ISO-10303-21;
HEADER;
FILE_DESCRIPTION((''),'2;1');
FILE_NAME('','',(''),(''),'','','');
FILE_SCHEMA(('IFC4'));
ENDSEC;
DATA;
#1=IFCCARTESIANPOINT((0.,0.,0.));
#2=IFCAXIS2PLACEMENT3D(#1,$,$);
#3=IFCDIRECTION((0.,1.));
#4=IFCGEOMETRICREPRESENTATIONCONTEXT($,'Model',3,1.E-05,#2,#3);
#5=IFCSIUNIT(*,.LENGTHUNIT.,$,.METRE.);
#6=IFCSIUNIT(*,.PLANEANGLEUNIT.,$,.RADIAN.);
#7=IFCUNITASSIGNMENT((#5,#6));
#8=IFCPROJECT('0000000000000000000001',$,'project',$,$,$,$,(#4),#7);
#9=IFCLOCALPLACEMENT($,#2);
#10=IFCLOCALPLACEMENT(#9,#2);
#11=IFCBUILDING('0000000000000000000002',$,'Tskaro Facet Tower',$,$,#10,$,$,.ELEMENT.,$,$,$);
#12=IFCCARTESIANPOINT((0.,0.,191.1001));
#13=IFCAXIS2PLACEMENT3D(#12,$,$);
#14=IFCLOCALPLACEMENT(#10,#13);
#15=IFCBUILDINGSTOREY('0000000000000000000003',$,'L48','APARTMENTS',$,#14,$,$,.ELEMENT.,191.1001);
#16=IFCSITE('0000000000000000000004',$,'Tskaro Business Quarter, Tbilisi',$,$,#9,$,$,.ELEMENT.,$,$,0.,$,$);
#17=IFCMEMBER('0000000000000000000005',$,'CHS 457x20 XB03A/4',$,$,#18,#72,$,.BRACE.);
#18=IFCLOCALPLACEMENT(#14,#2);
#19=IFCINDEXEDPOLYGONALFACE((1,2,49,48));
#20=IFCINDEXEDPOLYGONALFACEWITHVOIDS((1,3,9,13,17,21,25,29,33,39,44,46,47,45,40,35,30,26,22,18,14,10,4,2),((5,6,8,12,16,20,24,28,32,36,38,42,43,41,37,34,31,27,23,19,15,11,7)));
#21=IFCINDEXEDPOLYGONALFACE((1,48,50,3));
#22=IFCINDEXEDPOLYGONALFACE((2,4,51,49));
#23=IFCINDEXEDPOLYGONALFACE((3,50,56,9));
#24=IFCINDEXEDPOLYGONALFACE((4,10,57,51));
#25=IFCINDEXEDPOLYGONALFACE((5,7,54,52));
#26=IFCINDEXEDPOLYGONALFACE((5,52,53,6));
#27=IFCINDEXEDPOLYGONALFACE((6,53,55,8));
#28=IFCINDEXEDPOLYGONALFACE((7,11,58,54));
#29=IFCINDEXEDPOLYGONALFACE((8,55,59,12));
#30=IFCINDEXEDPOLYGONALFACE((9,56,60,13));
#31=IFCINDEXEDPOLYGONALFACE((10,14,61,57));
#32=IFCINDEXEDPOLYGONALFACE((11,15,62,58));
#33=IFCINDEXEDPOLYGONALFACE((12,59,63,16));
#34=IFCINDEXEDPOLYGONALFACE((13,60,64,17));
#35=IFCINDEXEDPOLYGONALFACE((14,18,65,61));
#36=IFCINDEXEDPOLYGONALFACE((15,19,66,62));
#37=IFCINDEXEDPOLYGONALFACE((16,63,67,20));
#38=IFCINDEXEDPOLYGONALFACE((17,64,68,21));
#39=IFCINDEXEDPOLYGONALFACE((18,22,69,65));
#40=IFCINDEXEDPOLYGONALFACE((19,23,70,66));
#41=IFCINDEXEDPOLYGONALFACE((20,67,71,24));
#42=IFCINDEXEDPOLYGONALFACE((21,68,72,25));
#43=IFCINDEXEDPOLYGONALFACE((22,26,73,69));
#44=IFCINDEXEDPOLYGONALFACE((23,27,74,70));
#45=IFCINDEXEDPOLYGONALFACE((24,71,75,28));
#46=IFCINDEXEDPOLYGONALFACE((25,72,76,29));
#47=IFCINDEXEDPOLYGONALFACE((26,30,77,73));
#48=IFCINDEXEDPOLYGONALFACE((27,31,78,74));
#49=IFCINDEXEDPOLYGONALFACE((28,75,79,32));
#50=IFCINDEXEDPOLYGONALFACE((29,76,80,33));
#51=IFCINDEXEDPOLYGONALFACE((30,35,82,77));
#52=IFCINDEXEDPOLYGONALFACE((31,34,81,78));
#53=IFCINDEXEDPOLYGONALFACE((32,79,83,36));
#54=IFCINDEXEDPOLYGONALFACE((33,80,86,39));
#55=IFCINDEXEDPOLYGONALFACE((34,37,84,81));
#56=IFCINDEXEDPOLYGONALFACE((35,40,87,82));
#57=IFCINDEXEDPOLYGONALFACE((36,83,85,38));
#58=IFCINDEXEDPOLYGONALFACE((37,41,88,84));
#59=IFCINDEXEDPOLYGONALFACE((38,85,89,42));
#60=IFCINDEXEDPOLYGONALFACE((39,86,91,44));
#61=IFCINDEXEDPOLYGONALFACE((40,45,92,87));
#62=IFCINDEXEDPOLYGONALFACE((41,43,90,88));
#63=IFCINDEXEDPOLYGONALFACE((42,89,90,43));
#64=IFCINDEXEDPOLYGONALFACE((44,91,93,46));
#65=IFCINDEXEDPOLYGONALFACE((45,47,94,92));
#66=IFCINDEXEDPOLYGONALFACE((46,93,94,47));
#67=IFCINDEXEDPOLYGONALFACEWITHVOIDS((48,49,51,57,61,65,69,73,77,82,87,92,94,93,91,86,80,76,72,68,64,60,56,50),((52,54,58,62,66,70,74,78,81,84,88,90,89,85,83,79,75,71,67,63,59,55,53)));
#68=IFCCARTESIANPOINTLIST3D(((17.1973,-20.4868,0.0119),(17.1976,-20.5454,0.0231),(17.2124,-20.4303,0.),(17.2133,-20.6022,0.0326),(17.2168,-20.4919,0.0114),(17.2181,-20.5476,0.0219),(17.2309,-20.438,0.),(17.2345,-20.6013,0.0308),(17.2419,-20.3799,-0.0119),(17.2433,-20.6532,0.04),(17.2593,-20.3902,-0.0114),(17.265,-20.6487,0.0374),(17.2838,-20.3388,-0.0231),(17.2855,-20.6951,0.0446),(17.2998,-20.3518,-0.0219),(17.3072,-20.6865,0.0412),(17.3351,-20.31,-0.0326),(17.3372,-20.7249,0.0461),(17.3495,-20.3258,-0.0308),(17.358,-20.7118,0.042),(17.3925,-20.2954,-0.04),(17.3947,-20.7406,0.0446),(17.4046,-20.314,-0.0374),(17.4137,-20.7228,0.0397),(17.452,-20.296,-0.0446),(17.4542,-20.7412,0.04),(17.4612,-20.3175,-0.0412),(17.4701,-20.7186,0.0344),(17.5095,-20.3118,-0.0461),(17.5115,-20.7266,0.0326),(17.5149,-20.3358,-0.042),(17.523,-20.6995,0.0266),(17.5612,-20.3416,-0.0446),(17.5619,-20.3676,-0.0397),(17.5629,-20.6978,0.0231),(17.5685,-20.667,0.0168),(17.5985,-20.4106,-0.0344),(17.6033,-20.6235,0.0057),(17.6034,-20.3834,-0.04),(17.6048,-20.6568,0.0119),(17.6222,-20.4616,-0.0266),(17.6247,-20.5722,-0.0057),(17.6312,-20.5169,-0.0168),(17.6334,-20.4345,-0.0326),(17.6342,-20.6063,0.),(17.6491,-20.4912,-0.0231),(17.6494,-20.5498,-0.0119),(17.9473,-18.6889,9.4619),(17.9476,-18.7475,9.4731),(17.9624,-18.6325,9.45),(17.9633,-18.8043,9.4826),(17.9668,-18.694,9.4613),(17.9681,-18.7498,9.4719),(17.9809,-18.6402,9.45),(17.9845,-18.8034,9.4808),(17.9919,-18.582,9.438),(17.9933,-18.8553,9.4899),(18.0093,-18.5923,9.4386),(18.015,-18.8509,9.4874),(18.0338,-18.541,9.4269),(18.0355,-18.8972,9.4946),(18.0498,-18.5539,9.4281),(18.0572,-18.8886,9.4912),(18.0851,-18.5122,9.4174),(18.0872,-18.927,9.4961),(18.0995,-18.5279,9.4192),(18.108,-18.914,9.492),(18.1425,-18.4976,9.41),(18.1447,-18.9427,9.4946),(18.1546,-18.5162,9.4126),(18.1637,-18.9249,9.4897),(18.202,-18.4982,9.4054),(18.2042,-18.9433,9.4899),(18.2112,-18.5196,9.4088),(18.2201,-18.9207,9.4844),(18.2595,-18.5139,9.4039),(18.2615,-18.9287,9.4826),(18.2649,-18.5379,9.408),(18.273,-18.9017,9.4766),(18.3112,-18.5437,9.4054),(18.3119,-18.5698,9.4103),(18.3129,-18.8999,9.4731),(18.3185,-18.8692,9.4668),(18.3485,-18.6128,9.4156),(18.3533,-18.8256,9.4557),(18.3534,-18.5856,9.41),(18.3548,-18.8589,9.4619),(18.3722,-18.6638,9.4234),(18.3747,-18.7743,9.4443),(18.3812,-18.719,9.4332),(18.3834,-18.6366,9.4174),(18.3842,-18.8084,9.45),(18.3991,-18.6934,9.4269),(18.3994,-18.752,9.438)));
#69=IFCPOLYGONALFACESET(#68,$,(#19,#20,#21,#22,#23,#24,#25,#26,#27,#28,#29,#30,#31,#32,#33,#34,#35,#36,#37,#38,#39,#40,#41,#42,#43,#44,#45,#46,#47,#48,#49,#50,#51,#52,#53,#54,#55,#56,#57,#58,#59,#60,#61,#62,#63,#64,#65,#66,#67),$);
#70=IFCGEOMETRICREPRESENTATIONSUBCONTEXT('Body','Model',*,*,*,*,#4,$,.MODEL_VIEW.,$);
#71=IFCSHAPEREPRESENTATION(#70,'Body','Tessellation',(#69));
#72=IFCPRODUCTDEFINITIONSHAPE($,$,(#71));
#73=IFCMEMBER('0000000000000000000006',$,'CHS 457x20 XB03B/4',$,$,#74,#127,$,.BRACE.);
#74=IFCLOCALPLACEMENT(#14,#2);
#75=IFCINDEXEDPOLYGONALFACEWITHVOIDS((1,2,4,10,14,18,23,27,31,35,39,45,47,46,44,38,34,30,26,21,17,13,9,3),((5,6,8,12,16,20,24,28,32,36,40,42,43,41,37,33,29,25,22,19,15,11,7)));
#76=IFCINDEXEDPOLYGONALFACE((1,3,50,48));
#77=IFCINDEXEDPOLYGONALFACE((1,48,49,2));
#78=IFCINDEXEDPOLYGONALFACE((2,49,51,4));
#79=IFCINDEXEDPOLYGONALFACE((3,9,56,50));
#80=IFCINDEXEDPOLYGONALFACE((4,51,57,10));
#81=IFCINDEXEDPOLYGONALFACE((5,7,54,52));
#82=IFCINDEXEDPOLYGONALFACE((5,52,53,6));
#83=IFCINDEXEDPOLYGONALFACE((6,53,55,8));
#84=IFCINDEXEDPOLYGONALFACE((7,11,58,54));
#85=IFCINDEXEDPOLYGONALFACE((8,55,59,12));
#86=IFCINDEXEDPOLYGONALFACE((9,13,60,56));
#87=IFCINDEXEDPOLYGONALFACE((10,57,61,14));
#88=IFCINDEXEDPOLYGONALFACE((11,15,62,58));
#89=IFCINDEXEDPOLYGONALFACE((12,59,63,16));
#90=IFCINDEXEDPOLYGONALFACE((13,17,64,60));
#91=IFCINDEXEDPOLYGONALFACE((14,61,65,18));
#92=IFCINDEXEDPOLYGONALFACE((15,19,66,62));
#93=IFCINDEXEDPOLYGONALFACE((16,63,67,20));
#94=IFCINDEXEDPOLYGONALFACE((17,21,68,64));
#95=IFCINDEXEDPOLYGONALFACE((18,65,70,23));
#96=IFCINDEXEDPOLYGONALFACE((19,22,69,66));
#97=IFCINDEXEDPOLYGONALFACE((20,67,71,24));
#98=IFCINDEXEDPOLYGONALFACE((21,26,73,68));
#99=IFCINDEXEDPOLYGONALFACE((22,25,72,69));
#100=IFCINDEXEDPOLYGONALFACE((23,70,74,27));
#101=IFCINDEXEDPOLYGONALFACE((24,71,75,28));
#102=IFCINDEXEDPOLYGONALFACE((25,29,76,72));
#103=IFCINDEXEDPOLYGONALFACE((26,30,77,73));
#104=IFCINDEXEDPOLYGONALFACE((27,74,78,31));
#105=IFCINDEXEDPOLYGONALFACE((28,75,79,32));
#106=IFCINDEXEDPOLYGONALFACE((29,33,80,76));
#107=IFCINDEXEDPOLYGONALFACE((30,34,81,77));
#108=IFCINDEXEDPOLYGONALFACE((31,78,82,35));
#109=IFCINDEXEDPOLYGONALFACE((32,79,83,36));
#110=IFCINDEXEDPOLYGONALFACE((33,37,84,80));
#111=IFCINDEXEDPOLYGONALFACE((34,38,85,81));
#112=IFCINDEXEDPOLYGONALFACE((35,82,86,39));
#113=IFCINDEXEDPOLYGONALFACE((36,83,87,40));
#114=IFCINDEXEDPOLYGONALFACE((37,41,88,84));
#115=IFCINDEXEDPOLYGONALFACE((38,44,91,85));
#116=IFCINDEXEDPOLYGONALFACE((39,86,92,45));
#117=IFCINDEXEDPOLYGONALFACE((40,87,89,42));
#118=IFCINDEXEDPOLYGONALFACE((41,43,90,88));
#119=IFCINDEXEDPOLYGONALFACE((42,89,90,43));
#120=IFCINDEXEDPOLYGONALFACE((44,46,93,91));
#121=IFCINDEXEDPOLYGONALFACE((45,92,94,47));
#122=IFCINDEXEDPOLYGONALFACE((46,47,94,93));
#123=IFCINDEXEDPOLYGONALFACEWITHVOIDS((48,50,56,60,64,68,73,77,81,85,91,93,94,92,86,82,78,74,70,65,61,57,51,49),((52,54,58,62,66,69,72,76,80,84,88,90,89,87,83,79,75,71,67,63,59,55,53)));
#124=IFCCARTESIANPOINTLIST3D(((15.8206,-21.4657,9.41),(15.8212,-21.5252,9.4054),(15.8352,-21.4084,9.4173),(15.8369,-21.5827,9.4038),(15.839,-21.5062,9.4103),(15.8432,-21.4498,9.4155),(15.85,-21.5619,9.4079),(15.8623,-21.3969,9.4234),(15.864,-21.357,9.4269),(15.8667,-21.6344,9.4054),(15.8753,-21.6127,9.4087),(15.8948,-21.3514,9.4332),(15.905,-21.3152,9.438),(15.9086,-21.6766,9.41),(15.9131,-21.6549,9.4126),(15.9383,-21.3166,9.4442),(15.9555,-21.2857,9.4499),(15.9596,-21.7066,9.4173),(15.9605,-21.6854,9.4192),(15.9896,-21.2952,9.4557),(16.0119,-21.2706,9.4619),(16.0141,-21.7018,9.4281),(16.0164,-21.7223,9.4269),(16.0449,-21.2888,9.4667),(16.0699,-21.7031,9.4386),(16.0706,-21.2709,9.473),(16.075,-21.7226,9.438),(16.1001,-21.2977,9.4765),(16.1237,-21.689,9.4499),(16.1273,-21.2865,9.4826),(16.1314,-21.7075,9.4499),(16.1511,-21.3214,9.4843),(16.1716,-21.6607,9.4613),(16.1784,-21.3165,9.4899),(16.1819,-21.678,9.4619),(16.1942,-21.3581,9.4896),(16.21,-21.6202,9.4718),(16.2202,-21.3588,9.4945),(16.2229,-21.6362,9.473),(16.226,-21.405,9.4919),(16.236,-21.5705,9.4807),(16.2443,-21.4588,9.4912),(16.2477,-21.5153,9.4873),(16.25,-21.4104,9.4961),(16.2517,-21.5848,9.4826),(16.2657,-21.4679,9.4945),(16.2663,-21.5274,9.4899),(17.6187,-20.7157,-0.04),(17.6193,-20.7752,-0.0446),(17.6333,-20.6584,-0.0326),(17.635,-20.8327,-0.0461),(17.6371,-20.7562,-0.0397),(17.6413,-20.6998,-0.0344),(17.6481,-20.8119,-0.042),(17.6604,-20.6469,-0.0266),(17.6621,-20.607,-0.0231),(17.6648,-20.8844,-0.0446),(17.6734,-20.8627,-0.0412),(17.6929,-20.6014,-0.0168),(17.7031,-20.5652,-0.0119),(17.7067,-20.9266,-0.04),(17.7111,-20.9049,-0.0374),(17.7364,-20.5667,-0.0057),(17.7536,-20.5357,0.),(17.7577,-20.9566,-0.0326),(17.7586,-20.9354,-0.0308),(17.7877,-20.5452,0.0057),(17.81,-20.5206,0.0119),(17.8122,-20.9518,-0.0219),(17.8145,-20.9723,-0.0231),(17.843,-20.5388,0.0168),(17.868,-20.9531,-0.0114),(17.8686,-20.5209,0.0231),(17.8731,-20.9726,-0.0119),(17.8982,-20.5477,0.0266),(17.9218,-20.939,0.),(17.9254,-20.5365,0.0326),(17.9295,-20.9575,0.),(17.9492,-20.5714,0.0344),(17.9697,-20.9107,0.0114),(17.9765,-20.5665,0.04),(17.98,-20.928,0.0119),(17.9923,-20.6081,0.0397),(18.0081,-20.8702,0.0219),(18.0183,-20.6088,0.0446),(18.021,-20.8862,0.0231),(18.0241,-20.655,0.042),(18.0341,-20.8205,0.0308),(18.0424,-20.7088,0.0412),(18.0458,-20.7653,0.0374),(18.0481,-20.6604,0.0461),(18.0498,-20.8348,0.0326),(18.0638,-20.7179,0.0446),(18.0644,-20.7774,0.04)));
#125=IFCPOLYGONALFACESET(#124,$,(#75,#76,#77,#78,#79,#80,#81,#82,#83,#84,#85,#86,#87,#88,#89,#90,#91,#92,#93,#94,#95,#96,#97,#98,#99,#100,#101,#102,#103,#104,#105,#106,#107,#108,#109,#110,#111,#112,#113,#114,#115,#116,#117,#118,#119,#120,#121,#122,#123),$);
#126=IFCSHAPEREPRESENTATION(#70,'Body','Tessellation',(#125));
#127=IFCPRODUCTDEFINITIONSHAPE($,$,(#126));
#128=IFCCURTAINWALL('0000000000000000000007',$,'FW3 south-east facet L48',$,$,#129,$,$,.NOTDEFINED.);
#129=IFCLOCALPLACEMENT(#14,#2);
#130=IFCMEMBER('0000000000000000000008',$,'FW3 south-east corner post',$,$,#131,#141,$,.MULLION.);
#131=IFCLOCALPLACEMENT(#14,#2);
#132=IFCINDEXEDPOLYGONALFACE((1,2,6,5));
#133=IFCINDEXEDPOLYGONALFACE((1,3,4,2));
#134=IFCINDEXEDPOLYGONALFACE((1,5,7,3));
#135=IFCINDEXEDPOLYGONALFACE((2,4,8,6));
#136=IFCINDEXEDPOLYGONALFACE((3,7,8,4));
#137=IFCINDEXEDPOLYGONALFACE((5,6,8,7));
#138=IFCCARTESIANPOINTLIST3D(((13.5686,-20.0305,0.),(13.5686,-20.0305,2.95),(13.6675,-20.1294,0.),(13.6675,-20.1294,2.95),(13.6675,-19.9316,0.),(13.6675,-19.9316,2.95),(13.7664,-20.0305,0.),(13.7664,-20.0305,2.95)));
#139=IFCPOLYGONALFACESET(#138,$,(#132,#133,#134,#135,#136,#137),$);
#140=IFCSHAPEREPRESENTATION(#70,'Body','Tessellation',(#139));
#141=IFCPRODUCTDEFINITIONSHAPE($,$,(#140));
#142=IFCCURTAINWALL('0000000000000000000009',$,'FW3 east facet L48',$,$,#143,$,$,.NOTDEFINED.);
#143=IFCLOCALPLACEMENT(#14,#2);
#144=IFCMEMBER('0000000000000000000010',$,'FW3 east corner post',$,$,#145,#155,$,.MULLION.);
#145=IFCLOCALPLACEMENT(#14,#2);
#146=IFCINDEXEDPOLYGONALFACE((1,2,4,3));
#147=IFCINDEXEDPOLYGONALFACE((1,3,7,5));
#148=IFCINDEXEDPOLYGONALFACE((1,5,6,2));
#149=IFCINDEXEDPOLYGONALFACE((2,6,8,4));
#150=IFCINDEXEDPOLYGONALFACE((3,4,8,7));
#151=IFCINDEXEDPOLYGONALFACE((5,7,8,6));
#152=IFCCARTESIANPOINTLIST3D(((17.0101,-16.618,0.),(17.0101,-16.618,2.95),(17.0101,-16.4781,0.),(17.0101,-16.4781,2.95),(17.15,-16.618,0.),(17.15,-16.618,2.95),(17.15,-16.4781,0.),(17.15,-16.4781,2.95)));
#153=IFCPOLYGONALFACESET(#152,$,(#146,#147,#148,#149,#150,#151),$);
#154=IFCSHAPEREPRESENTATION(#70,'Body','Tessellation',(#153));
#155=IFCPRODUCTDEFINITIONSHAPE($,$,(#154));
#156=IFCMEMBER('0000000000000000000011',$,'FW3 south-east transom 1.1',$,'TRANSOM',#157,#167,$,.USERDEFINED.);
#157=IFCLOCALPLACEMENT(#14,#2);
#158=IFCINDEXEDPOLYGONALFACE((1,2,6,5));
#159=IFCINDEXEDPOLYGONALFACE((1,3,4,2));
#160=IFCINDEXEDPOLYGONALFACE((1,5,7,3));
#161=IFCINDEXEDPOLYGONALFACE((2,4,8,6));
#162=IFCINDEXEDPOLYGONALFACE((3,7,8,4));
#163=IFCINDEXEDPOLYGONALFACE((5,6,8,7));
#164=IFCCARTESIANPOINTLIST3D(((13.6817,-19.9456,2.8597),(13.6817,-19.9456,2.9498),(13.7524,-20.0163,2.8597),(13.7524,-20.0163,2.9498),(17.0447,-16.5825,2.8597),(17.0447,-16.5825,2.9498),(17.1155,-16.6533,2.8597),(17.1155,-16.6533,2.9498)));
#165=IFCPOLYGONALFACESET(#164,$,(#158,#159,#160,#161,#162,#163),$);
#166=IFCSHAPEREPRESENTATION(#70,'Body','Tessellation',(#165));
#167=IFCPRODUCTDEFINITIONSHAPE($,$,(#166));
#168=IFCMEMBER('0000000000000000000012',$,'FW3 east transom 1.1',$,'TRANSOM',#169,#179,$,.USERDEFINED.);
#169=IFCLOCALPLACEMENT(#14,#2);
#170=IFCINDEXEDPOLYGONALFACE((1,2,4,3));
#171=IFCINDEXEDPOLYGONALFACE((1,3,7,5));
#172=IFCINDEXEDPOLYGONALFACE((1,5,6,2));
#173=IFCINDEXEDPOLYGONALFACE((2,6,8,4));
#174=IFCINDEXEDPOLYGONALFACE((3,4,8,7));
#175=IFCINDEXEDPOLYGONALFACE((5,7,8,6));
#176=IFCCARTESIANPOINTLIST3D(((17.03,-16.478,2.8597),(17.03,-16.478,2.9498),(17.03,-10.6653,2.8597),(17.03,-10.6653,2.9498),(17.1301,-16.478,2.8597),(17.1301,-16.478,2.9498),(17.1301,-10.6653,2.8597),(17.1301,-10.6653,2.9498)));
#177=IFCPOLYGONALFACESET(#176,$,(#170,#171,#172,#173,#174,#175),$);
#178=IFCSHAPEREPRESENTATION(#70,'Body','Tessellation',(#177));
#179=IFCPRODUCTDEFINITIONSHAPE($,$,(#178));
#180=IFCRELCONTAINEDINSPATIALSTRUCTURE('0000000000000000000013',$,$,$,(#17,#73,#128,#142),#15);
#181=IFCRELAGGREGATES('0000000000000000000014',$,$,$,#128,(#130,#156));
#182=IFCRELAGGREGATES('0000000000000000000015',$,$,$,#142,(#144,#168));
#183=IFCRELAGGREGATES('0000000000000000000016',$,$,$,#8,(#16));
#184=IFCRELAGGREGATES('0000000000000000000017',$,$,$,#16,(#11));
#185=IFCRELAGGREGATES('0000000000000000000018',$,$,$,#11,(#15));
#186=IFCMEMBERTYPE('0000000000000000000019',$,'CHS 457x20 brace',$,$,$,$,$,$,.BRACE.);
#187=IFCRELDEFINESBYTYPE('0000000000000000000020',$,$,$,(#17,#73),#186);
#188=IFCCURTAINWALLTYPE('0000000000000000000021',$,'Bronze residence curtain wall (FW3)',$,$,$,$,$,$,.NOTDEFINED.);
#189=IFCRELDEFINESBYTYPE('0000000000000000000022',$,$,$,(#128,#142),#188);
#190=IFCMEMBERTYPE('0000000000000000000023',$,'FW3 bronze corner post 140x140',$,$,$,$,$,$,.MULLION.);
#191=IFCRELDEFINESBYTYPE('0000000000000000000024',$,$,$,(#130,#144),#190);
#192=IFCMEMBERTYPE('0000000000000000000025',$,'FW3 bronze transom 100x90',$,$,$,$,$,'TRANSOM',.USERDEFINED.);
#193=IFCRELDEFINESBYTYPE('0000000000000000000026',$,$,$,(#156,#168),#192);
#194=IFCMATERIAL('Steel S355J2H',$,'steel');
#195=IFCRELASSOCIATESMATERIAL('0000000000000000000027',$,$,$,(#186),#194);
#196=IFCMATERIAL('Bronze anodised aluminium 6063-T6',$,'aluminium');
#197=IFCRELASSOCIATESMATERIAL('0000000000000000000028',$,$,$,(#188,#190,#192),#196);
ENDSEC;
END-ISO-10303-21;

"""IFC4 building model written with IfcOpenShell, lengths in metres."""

from ifc_helpers import new_model, si_unit, direction, frame, origin, origin_2d, place, context, subcontext, project, spatial, rectangle, hollow_circle, extrude, material, material_profile, profile_set, type_object, element, aggregate, save


model = new_model("IFC4")

# Units and contexts
model_context = context("Model", 3, precision=1e-05, world=origin(), true_north=direction((0.0, 1.0)))
body_context = subcontext(model_context, "Body", "Model", "MODEL_VIEW")
ifc_project = project(units=[si_unit("LENGTHUNIT", "METRE"), si_unit("PLANEANGLEUNIT", "RADIAN")], contexts=[model_context])

# Site, building, storey
site_placement = place(None, origin())
site = spatial("IfcSite", under=ifc_project, at=site_placement, Name="Tskaro Business Quarter, Tbilisi", CompositionType="ELEMENT", RefElevation=0.0)
building_placement = place(site_placement, origin())
building = spatial("IfcBuilding", under=site, at=building_placement, Name="Tskaro Facet Tower", CompositionType="ELEMENT")
storey_placement = place(building_placement, frame((0.0, 0.0, 191.1001)))
storey = spatial("IfcBuildingStorey", under=building, at=storey_placement, Name="L48", Description="APARTMENTS", CompositionType="ELEMENT", Elevation=191.1001)

# Shared definitions
ifc_material_1 = material(Name="Steel S355J2H", Category="steel")

# Members
ifc_material_profile_1 = material_profile(ifc_material_1, hollow_circle(Radius=0.2285, WallThickness=0.02, at=origin_2d()), Name="CHS 457x20")
ifc_profile_set_1 = profile_set([ifc_material_profile_1], Name="Steel S355J2H")
member_type_1 = type_object("IfcMemberType", Name="CHS 457x20 brace", PredefinedType="BRACE", material=ifc_profile_set_1)
for number, where, z_axis, x_axis, name in (
    (1, (17.4233, -20.5183, 0.0), (0.077731, 0.186332, 0.979407), (-0.922914, 0.385007, 0.0), "CHS 457x20 XB03A/4"),
    (2, (17.8416, -20.7466, 0.0), (-0.186356, -0.077731, 0.979402), (0.384962, -0.922932, 0.0), "CHS 457x20 XB03B/4"),
):
    element("IfcMember", number, at=place(storey_placement, frame(where, z_axis=z_axis, x_axis=x_axis)), inside=storey, type_object=member_type_1, Name=name, PredefinedType="BRACE", context=body_context, shape_type="SweptSolid", body=[
        extrude(hollow_circle(Radius=0.2285, WallThickness=0.02, at=origin_2d()), origin(), (0.0, 0.0, 1.0), 9.6487),
    ])

# Curtain walls, members
ifc_material_2 = material(Name="Bronze anodised aluminium 6063-T6", Category="aluminium")
curtain_wall_type = type_object("IfcCurtainWallType", Name="Bronze residence curtain wall (FW3)", PredefinedType="NOTDEFINED", material=ifc_material_2)
curtain_wall_1_placement = place(storey_placement, origin())
curtain_wall_1 = element("IfcCurtainWall", 3, at=curtain_wall_1_placement, inside=storey, type_object=curtain_wall_type, Name="FW3 south-east facet L48", PredefinedType="NOTDEFINED")
ifc_material_profile_2 = material_profile(ifc_material_2, rectangle(XDim=0.1399, YDim=0.1399, at=origin_2d()), Name="Corner post 140x140")
ifc_profile_set_2 = profile_set([ifc_material_profile_2], Name="Bronze anodised aluminium 6063-T6")
member_type_2 = type_object("IfcMemberType", Name="FW3 bronze corner post 140x140", PredefinedType="MULLION", material=ifc_profile_set_2)
member_1_placement = place(storey_placement, frame((13.6675, -20.0305, 0.0), z_axis=(0.0, 0.0, 1.0), x_axis=(0.707107, 0.707107, 0.0)))
member_1 = element("IfcMember", 4, at=member_1_placement, type_object=member_type_2, Name="FW3 south-east corner post", PredefinedType="MULLION", context=body_context, shape_type="SweptSolid", body=[
    extrude(rectangle(XDim=0.1399, YDim=0.1399, at=origin_2d()), origin(), (0.0, 0.0, 1.0), 2.95),
])
curtain_wall_2_placement = place(storey_placement, origin())
curtain_wall_2 = element("IfcCurtainWall", 5, at=curtain_wall_2_placement, inside=storey, type_object=curtain_wall_type, Name="FW3 east facet L48", PredefinedType="NOTDEFINED")
member_2_placement = place(storey_placement, frame((17.0801, -16.5481, 0.0), z_axis=(0.0, 0.0, 1.0), x_axis=(0.0, 1.0, 0.0)))
member_2 = element("IfcMember", 6, at=member_2_placement, type_object=member_type_2, Name="FW3 east corner post", PredefinedType="MULLION", context=body_context, shape_type="SweptSolid", body=[
    extrude(rectangle(XDim=0.1399, YDim=0.1399, at=origin_2d()), origin(), (0.0, 0.0, 1.0), 2.95),
])

# Members
ifc_material_profile_3 = material_profile(ifc_material_2, rectangle(XDim=0.1001, YDim=0.0901, at=origin_2d()), Name="Transom 100x90")
ifc_profile_set_3 = profile_set([ifc_material_profile_3], Name="Bronze anodised aluminium 6063-T6")
member_type_3 = type_object("IfcMemberType", Name="FW3 bronze transom 100x90", ElementType="TRANSOM", PredefinedType="USERDEFINED", material=ifc_profile_set_3)
member_3_placement = place(storey_placement, frame((13.717, -19.981, 2.9048), z_axis=(0.707107, 0.707107, 0.0), x_axis=(-0.707107, 0.707107, 0.0)))
member_3 = element("IfcMember", 7, at=member_3_placement, type_object=member_type_3, Name="FW3 south-east transom 1.1", ObjectType="TRANSOM", PredefinedType="USERDEFINED", context=body_context, shape_type="SweptSolid", body=[
    extrude(rectangle(XDim=0.1001, YDim=0.0901, at=origin_2d()), origin(), (0.0, 0.0, 1.0), 4.7561),
])
member_4_placement = place(storey_placement, frame((17.0801, -16.478, 2.9048), z_axis=(0.0, 1.0, 0.0), x_axis=(-1.0, 0.0, 0.0)))
member_4 = element("IfcMember", 8, at=member_4_placement, type_object=member_type_3, Name="FW3 east transom 1.1", ObjectType="TRANSOM", PredefinedType="USERDEFINED", context=body_context, shape_type="SweptSolid", body=[
    extrude(rectangle(XDim=0.1001, YDim=0.0901, at=origin_2d()), origin(), (0.0, 0.0, 1.0), 5.8127),
])

aggregate(curtain_wall_1, [member_1, member_3])
aggregate(curtain_wall_2, [member_2, member_4])

save(model, "model.ifc")
